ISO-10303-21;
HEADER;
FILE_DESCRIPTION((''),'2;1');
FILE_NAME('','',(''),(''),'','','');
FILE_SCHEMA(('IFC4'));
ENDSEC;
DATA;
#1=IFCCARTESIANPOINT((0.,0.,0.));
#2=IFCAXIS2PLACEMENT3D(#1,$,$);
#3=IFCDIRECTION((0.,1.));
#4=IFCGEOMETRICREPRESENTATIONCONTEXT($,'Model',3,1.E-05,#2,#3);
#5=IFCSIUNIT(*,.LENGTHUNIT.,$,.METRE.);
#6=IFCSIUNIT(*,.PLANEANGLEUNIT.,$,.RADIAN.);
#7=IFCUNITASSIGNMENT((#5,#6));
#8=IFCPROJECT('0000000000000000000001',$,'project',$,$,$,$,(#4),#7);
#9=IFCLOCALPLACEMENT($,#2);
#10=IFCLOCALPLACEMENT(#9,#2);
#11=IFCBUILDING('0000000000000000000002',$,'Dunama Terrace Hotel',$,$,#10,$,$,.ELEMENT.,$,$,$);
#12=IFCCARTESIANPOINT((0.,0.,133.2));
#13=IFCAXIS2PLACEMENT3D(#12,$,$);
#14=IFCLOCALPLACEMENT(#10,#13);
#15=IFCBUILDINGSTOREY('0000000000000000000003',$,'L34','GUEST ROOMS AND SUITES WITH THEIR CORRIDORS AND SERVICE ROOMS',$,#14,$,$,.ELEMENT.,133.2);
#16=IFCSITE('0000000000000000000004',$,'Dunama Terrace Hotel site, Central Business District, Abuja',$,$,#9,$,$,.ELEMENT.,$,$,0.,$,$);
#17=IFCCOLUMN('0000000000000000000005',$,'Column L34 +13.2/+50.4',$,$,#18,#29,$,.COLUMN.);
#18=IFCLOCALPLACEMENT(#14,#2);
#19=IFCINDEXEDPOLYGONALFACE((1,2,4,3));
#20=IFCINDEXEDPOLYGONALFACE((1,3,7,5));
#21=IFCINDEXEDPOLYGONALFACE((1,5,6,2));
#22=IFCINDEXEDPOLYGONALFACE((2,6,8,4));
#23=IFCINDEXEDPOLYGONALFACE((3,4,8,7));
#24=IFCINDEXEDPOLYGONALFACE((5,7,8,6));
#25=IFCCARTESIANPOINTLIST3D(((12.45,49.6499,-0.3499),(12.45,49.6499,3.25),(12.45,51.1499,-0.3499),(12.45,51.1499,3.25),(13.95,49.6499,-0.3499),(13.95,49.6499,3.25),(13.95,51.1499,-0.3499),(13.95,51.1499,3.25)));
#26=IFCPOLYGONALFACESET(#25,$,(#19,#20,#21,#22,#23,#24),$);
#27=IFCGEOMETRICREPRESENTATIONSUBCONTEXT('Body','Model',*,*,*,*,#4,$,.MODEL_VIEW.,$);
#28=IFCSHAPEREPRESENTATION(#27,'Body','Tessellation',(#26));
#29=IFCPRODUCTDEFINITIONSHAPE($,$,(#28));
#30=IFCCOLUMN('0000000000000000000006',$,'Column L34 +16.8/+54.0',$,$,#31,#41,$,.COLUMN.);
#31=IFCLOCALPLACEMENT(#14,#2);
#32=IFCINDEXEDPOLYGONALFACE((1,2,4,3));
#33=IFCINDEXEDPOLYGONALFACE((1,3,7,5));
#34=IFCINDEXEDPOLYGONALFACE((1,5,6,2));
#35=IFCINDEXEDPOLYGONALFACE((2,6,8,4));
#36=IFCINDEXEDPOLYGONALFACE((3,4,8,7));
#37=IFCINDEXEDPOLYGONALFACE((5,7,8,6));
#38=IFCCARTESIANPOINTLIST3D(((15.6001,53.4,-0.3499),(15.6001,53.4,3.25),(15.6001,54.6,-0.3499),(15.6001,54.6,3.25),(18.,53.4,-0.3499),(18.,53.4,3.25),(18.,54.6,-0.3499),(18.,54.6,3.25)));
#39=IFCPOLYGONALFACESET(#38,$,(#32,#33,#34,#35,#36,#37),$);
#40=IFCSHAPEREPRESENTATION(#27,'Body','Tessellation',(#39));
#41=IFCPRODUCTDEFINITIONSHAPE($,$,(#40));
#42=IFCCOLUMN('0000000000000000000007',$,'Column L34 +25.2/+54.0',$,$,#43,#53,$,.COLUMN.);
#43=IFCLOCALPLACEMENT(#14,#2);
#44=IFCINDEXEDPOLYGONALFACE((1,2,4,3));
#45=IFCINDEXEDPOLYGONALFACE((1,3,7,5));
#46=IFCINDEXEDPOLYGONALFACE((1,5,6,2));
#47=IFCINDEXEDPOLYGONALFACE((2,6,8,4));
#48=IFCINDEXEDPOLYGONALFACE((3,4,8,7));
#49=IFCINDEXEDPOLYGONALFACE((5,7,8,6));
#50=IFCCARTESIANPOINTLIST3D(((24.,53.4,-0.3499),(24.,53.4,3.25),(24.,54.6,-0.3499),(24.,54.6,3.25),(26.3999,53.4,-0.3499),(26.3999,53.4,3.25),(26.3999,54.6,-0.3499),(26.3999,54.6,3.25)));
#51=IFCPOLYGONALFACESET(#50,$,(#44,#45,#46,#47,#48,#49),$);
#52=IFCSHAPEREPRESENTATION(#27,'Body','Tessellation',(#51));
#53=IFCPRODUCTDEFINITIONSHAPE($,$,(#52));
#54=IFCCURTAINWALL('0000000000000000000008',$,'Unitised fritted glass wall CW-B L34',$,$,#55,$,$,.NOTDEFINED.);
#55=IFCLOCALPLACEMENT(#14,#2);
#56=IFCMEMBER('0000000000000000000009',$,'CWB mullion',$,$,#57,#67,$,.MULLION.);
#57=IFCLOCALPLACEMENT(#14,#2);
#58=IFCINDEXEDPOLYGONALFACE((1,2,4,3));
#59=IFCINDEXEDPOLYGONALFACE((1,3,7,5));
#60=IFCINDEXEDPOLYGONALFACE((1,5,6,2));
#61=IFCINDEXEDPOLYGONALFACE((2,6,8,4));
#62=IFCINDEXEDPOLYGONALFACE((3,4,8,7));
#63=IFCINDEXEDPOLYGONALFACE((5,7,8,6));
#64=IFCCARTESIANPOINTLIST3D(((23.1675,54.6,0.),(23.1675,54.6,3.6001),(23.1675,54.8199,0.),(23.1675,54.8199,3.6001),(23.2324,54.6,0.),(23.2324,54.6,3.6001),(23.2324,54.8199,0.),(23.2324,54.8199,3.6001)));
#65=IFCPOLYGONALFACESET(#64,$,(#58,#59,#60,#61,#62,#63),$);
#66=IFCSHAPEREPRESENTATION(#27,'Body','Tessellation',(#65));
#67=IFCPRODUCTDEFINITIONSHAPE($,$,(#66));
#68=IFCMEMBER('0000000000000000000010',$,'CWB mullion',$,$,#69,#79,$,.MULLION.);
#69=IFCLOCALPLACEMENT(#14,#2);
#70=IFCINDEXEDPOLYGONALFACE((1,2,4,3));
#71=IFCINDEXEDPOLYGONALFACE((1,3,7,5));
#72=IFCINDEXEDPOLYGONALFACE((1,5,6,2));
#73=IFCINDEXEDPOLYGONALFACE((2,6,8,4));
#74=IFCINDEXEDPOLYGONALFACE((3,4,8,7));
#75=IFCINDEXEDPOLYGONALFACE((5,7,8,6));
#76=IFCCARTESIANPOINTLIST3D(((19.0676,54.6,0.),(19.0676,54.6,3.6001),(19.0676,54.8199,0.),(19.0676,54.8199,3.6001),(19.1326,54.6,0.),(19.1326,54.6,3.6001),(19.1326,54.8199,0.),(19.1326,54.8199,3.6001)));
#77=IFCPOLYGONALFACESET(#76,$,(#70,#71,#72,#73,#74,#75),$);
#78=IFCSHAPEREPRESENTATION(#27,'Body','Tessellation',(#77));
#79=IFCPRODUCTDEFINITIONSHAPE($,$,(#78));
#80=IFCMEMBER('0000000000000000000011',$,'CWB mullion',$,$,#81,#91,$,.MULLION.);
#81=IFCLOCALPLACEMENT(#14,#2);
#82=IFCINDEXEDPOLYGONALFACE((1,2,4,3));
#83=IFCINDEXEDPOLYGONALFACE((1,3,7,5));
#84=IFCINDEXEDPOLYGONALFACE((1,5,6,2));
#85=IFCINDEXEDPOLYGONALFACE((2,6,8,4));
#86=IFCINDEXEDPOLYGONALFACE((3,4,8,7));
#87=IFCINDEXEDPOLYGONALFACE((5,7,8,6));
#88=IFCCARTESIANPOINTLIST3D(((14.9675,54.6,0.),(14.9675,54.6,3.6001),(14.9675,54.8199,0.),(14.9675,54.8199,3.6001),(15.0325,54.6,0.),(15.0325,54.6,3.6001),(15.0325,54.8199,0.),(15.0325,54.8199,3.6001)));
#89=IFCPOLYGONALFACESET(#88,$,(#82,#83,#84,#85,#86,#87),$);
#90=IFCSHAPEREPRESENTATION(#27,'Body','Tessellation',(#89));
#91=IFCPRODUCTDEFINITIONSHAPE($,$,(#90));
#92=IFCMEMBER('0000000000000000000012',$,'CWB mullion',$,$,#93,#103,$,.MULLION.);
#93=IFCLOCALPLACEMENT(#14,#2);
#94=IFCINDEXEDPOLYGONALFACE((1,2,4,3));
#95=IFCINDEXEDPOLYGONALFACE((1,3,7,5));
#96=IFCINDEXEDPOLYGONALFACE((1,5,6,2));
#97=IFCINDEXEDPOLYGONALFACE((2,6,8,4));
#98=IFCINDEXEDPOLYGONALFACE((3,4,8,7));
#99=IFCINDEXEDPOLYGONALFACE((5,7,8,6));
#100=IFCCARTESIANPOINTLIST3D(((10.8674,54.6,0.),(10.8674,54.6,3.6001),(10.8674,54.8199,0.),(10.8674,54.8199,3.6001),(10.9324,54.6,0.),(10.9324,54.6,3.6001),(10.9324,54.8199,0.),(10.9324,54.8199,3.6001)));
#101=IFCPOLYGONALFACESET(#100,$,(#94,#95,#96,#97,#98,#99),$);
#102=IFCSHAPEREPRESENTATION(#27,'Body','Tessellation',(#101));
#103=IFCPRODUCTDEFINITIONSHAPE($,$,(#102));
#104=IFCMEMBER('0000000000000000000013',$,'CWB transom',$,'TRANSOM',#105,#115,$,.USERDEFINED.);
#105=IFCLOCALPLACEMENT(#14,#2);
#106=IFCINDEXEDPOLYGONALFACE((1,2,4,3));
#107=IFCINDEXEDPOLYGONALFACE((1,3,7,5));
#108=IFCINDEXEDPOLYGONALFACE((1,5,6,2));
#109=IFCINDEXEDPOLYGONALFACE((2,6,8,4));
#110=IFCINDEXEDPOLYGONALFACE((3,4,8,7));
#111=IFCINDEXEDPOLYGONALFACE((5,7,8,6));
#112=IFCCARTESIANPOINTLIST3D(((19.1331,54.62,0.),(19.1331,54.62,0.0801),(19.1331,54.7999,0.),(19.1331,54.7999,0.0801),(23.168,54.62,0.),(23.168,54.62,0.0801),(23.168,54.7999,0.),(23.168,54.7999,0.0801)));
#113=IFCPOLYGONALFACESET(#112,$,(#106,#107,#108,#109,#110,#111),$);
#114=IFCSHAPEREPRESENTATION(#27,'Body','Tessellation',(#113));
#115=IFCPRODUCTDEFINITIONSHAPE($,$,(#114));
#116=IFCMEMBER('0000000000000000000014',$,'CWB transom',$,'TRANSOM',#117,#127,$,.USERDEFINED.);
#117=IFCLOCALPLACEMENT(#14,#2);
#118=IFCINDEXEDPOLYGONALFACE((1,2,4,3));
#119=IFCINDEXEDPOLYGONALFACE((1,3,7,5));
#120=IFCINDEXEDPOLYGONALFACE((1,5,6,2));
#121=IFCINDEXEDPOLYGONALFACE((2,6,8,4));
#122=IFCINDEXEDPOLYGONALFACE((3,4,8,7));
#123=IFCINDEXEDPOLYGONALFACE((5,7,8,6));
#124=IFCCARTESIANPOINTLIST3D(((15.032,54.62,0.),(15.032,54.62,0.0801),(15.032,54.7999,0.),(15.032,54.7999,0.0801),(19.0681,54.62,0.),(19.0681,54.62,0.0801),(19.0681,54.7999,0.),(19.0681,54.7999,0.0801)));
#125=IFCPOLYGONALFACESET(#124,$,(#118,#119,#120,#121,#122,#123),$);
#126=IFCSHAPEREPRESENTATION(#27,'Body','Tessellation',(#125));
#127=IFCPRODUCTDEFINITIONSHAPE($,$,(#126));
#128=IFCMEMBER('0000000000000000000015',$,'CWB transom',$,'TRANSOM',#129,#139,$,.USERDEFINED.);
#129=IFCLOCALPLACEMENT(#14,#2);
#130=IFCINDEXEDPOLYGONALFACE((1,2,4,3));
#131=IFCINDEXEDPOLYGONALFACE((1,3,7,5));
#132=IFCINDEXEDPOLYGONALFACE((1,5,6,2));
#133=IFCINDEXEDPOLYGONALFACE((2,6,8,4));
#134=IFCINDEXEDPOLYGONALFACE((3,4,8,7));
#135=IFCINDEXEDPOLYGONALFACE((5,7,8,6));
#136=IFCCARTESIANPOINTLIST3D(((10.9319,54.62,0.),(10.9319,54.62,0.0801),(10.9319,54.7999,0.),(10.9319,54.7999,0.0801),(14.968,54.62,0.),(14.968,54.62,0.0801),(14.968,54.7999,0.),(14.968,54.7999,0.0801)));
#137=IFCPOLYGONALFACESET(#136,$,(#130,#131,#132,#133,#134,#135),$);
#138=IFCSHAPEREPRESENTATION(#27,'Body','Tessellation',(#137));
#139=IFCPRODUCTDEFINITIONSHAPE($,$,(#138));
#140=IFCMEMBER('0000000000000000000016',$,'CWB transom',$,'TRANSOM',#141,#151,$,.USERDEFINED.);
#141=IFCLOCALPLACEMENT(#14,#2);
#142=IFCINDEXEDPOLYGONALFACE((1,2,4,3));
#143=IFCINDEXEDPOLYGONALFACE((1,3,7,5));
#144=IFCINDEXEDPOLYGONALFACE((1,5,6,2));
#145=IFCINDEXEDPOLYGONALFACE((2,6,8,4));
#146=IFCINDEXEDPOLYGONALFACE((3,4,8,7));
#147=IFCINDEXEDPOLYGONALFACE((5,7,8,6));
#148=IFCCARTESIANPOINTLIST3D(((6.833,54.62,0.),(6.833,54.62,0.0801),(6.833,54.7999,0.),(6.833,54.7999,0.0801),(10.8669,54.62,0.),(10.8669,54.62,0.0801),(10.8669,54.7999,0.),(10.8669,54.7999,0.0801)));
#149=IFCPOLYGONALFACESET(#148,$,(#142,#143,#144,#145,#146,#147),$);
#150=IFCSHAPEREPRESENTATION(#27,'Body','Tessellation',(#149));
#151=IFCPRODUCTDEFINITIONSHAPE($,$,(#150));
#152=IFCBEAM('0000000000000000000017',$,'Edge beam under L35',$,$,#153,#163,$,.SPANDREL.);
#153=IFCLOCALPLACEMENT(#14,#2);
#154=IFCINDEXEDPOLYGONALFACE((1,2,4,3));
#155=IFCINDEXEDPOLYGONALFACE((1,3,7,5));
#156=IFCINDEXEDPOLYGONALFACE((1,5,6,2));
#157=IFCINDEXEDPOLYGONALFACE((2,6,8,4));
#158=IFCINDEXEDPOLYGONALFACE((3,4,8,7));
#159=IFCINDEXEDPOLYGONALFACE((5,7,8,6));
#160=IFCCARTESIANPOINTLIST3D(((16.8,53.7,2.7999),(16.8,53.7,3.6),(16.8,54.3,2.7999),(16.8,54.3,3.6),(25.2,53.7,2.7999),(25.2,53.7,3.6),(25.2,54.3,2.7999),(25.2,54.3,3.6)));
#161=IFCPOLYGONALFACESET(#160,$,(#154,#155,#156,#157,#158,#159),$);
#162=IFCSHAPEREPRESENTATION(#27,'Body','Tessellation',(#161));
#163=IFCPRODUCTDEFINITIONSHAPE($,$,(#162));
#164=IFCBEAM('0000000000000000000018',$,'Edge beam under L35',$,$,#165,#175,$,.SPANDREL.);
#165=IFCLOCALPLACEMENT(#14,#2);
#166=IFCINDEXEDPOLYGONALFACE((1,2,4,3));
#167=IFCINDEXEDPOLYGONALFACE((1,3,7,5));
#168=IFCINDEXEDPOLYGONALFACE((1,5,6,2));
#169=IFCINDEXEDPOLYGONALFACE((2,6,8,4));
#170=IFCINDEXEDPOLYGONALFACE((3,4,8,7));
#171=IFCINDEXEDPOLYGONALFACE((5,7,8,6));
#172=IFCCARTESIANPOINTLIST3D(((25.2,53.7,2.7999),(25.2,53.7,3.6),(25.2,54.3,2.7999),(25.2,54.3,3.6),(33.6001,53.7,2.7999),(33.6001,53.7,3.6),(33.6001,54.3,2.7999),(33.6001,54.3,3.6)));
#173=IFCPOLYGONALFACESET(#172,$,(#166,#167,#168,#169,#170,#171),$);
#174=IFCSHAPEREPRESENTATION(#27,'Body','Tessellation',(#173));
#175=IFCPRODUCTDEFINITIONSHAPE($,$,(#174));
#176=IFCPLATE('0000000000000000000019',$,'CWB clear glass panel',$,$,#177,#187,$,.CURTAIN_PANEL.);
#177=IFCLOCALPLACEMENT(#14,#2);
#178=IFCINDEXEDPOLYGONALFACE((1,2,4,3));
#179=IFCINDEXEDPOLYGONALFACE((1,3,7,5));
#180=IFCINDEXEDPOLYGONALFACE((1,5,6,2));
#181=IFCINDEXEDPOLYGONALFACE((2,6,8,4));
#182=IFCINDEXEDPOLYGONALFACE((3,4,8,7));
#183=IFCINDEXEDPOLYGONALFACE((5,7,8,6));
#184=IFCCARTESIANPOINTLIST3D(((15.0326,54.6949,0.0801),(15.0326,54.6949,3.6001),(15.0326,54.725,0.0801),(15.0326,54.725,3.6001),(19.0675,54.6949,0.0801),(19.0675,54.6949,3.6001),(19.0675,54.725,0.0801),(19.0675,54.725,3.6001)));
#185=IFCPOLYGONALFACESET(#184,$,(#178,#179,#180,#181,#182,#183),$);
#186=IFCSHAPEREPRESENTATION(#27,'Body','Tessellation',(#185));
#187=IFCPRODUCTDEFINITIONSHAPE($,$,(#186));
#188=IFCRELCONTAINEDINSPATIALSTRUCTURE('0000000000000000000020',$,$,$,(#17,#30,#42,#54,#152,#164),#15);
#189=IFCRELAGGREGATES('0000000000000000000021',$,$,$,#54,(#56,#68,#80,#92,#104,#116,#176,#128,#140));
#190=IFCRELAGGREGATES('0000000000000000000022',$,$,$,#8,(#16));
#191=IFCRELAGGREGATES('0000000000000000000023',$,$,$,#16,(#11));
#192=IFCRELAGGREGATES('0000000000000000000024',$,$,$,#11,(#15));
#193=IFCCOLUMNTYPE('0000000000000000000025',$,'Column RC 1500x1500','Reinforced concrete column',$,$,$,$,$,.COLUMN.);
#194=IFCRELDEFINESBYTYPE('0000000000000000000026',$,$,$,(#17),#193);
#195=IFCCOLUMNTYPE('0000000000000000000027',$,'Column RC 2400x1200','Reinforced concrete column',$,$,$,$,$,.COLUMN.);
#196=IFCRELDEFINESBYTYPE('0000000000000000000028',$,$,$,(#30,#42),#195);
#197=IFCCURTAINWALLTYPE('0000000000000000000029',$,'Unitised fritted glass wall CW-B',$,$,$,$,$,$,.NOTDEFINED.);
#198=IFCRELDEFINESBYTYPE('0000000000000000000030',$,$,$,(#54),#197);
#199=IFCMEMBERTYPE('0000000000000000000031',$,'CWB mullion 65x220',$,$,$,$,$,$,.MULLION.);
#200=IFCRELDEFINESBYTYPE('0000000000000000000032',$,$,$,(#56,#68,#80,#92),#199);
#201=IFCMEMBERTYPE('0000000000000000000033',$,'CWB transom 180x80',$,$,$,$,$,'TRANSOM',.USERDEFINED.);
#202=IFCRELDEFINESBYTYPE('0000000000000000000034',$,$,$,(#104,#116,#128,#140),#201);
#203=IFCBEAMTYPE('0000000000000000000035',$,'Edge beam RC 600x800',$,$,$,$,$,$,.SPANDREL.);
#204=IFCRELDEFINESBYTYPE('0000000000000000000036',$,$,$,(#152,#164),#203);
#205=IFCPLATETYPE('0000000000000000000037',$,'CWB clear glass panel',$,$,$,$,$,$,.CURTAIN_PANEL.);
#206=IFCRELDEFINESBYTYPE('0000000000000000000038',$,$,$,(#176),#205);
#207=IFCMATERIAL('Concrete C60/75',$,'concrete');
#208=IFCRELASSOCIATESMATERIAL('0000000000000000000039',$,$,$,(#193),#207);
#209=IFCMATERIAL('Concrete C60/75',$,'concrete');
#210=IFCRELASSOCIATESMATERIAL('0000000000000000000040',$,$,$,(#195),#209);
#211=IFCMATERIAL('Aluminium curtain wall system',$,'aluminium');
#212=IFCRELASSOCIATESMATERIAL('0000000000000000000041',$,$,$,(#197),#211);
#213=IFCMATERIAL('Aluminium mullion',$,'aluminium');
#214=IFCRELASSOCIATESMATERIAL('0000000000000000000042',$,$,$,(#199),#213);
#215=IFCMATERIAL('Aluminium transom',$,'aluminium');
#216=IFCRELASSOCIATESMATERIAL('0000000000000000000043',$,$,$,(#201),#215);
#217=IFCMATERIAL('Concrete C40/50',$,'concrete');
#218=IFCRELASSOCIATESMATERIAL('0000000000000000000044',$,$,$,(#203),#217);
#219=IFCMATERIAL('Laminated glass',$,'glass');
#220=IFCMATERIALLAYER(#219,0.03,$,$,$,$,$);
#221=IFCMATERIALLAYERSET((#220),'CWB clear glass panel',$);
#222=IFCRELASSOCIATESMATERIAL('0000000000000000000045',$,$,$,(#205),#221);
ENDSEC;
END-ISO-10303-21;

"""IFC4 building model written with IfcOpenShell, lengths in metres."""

from ifc_helpers import new_model, si_unit, direction, frame, origin, origin_2d, place, context, subcontext, project, spatial, rectangle, extrude, material, layer, layer_set, material_profile, profile_set, type_object, element, aggregate, save


model = new_model("IFC4")

# Units and contexts
model_context = context("Model", 3, precision=1e-05, world=origin(), true_north=direction((0.0, 1.0)))
body_context = subcontext(model_context, "Body", "Model", "MODEL_VIEW")
ifc_project = project(units=[si_unit("LENGTHUNIT", "METRE"), si_unit("PLANEANGLEUNIT", "RADIAN")], contexts=[model_context])

# Site, building, storey
site_placement = place(None, origin())
site = spatial("IfcSite", under=ifc_project, at=site_placement, Name="Dunama Terrace Hotel site, Central Business District, Abuja", CompositionType="ELEMENT", RefElevation=0.0)
building_placement = place(site_placement, origin())
building = spatial("IfcBuilding", under=site, at=building_placement, Name="Dunama Terrace Hotel", CompositionType="ELEMENT")
storey_placement = place(building_placement, frame((0.0, 0.0, 133.2)))
storey = spatial("IfcBuildingStorey", under=building, at=storey_placement, Name="L34", Description="GUEST ROOMS AND SUITES WITH THEIR CORRIDORS AND SERVICE ROOMS", CompositionType="ELEMENT", Elevation=133.2)

# Columns
ifc_material_1 = material(Name="Concrete C60/75", Category="concrete")
ifc_material_profile_1 = material_profile(ifc_material_1, rectangle(XDim=1.5, YDim=1.5, at=origin_2d()), Name="RC 1500x1500")
ifc_profile_set_1 = profile_set([ifc_material_profile_1], Name="Concrete C60/75")
column_type_1 = type_object("IfcColumnType", Name="Column RC 1500x1500", Description="Reinforced concrete column", PredefinedType="COLUMN", material=ifc_profile_set_1)
column_placement = place(storey_placement, frame((13.2, 50.3999, -0.3499), z_axis=(0.0, 0.0, 1.0), x_axis=(1.0, 0.0, 0.0)))
element("IfcColumn", 1, at=column_placement, inside=storey, type_object=column_type_1, Name="Column L34 +13.2/+50.4", PredefinedType="COLUMN", context=body_context, shape_type="SweptSolid", body=[
    extrude(rectangle(XDim=1.5, YDim=1.5, at=origin_2d()), origin(), (0.0, 0.0, 1.0), 3.5999),
])
ifc_material_2 = material(Name="Concrete C60/75", Category="concrete")
ifc_material_profile_2 = material_profile(ifc_material_2, rectangle(XDim=2.3999, YDim=1.2, at=origin_2d()), Name="RC 2400x1200")
ifc_profile_set_2 = profile_set([ifc_material_profile_2], Name="Concrete C60/75")
column_type_2 = type_object("IfcColumnType", Name="Column RC 2400x1200", Description="Reinforced concrete column", PredefinedType="COLUMN", material=ifc_profile_set_2)
for number, where, z_axis, x_axis, name in (
    (2, (16.8, 54.0, -0.3499), (0.0, 0.0, 1.0), (1.0, 0.0, 0.0), "Column L34 +16.8/+54.0"),
    (3, (25.2, 54.0, -0.3499), (0.0, 0.0, 1.0), (1.0, 0.0, 0.0), "Column L34 +25.2/+54.0"),
):
    element("IfcColumn", number, at=place(storey_placement, frame(where, z_axis=z_axis, x_axis=x_axis)), inside=storey, type_object=column_type_2, Name=name, PredefinedType="COLUMN", context=body_context, shape_type="SweptSolid", body=[
        extrude(rectangle(XDim=2.3999, YDim=1.2, at=origin_2d()), origin(), (0.0, 0.0, 1.0), 3.5999),
    ])

# Curtain wall, members
ifc_material_3 = material(Name="Aluminium curtain wall system", Category="aluminium")
curtain_wall_type = type_object("IfcCurtainWallType", Name="Unitised fritted glass wall CW-B", PredefinedType="NOTDEFINED", material=ifc_material_3)
curtain_wall_placement = place(storey_placement, origin())
curtain_wall = element("IfcCurtainWall", 4, at=curtain_wall_placement, inside=storey, type_object=curtain_wall_type, Name="Unitised fritted glass wall CW-B L34", PredefinedType="NOTDEFINED")
ifc_material_4 = material(Name="Aluminium mullion", Category="aluminium")
ifc_material_profile_3 = material_profile(ifc_material_4, rectangle(XDim=0.0649, YDim=0.22, at=origin_2d()), Name="CWB MULLION 65X220")
ifc_profile_set_3 = profile_set([ifc_material_profile_3], Name="Aluminium mullion")
member_type_1 = type_object("IfcMemberType", Name="CWB mullion 65x220", PredefinedType="MULLION", material=ifc_profile_set_3)
member_1_placement = place(storey_placement, frame((23.2, 54.71, 0.0), z_axis=(0.0, 0.0, 1.0), x_axis=(-1.0, 0.0, 0.0)))
member_1 = element("IfcMember", 5, at=member_1_placement, type_object=member_type_1, Name="CWB mullion", PredefinedType="MULLION", context=body_context, shape_type="SweptSolid", body=[
    extrude(rectangle(XDim=0.0649, YDim=0.22, at=origin_2d()), origin(), (0.0, 0.0, 1.0), 3.6001),
])
member_2_placement = place(storey_placement, frame((19.1001, 54.71, 0.0), z_axis=(0.0, 0.0, 1.0), x_axis=(-1.0, 0.0, 0.0)))
member_2 = element("IfcMember", 6, at=member_2_placement, type_object=member_type_1, Name="CWB mullion", PredefinedType="MULLION", context=body_context, shape_type="SweptSolid", body=[
    extrude(rectangle(XDim=0.0649, YDim=0.22, at=origin_2d()), origin(), (0.0, 0.0, 1.0), 3.6001),
])
member_3_placement = place(storey_placement, frame((15.0, 54.71, 0.0), z_axis=(0.0, 0.0, 1.0), x_axis=(-1.0, 0.0, 0.0)))
member_3 = element("IfcMember", 7, at=member_3_placement, type_object=member_type_1, Name="CWB mullion", PredefinedType="MULLION", context=body_context, shape_type="SweptSolid", body=[
    extrude(rectangle(XDim=0.0649, YDim=0.22, at=origin_2d()), origin(), (0.0, 0.0, 1.0), 3.6001),
])
member_4_placement = place(storey_placement, frame((10.8999, 54.71, 0.0), z_axis=(0.0, 0.0, 1.0), x_axis=(-1.0, 0.0, 0.0)))
member_4 = element("IfcMember", 8, at=member_4_placement, type_object=member_type_1, Name="CWB mullion", PredefinedType="MULLION", context=body_context, shape_type="SweptSolid", body=[
    extrude(rectangle(XDim=0.0649, YDim=0.22, at=origin_2d()), origin(), (0.0, 0.0, 1.0), 3.6001),
])
ifc_material_5 = material(Name="Aluminium transom", Category="aluminium")
ifc_material_profile_4 = material_profile(ifc_material_5, rectangle(XDim=0.1799, YDim=0.0801, at=origin_2d()), Name="CWB TRANSOM 180X80")
ifc_profile_set_4 = profile_set([ifc_material_profile_4], Name="Aluminium transom")
member_type_2 = type_object("IfcMemberType", Name="CWB transom 180x80", ElementType="TRANSOM", PredefinedType="USERDEFINED", material=ifc_profile_set_4)
member_5_placement = place(storey_placement, frame((23.168, 54.71, 0.04), z_axis=(-1.0, 0.0, 0.0), x_axis=(0.0, -1.0, 0.0)))
member_5 = element("IfcMember", 9, at=member_5_placement, type_object=member_type_2, Name="CWB transom", ObjectType="TRANSOM", PredefinedType="USERDEFINED", context=body_context, shape_type="SweptSolid", body=[
    extrude(rectangle(XDim=0.1799, YDim=0.0801, at=origin_2d()), origin(), (0.0, 0.0, 1.0), 4.0349),
])
member_6_placement = place(storey_placement, frame((19.0681, 54.71, 0.04), z_axis=(-1.0, 0.0, 0.0), x_axis=(0.0, -1.0, 0.0)))
member_6 = element("IfcMember", 10, at=member_6_placement, type_object=member_type_2, Name="CWB transom", ObjectType="TRANSOM", PredefinedType="USERDEFINED", context=body_context, shape_type="SweptSolid", body=[
    extrude(rectangle(XDim=0.1799, YDim=0.0801, at=origin_2d()), origin(), (0.0, 0.0, 1.0), 4.0361),
])
member_7_placement = place(storey_placement, frame((14.968, 54.71, 0.04), z_axis=(-1.0, 0.0, 0.0), x_axis=(0.0, -1.0, 0.0)))
member_7 = element("IfcMember", 11, at=member_7_placement, type_object=member_type_2, Name="CWB transom", ObjectType="TRANSOM", PredefinedType="USERDEFINED", context=body_context, shape_type="SweptSolid", body=[
    extrude(rectangle(XDim=0.1799, YDim=0.0801, at=origin_2d()), origin(), (0.0, 0.0, 1.0), 4.0361),
])
member_8_placement = place(storey_placement, frame((10.8669, 54.71, 0.04), z_axis=(-1.0, 0.0, 0.0), x_axis=(0.0, -1.0, 0.0)))
member_8 = element("IfcMember", 12, at=member_8_placement, type_object=member_type_2, Name="CWB transom", ObjectType="TRANSOM", PredefinedType="USERDEFINED", context=body_context, shape_type="SweptSolid", body=[
    extrude(rectangle(XDim=0.1799, YDim=0.0801, at=origin_2d()), origin(), (0.0, 0.0, 1.0), 4.0339),
])

# Beams
ifc_material_6 = material(Name="Concrete C40/50", Category="concrete")
ifc_material_profile_5 = material_profile(ifc_material_6, rectangle(XDim=0.6001, YDim=0.8, at=origin_2d()), Name="RC 600x800")
ifc_profile_set_5 = profile_set([ifc_material_profile_5], Name="Concrete C40/50")
beam_type = type_object("IfcBeamType", Name="Edge beam RC 600x800", PredefinedType="SPANDREL", material=ifc_profile_set_5)
beam_1_placement = place(storey_placement, frame((16.8, 54.0, 3.2), z_axis=(1.0, 0.0, 0.0), x_axis=(0.0, 1.0, 0.0)))
element("IfcBeam", 13, at=beam_1_placement, inside=storey, type_object=beam_type, Name="Edge beam under L35", PredefinedType="SPANDREL", context=body_context, shape_type="SweptSolid", body=[
    extrude(rectangle(XDim=0.6001, YDim=0.8, at=origin_2d()), origin(), (0.0, 0.0, 1.0), 8.3999),
])
beam_2_placement = place(storey_placement, frame((25.2, 54.0, 3.2), z_axis=(1.0, 0.0, 0.0), x_axis=(0.0, 1.0, 0.0)))
element("IfcBeam", 14, at=beam_2_placement, inside=storey, type_object=beam_type, Name="Edge beam under L35", PredefinedType="SPANDREL", context=body_context, shape_type="SweptSolid", body=[
    extrude(rectangle(XDim=0.6001, YDim=0.8, at=origin_2d()), origin(), (0.0, 0.0, 1.0), 8.4001),
])

# Plate
ifc_material_7 = material(Name="Laminated glass", Category="glass")
ifc_layer_1 = layer(ifc_material_7, 0.03)
ifc_layer_set_1 = layer_set([ifc_layer_1], Name="CWB clear glass panel")
plate_type_1 = type_object("IfcPlateType", Name="CWB clear glass panel", PredefinedType="CURTAIN_PANEL", material=ifc_layer_set_1)
plate_1_placement = place(storey_placement, frame((17.05, 54.71, 0.0801), z_axis=(0.0, 0.0, 1.0), x_axis=(-1.0, 0.0, 0.0)))
plate_1 = element("IfcPlate", 15, at=plate_1_placement, type_object=plate_type_1, Name="CWB clear glass panel", PredefinedType="CURTAIN_PANEL", context=body_context, shape_type="SweptSolid", body=[
    extrude(rectangle(XDim=4.0349, YDim=0.03, at=origin_2d()), origin(), (0.0, 0.0, 1.0), 3.52),
])
aggregate(curtain_wall, [member_1, member_2, member_3, member_4, member_5, member_6, plate_1, member_7, member_8])

save(model, "model.ifc")
